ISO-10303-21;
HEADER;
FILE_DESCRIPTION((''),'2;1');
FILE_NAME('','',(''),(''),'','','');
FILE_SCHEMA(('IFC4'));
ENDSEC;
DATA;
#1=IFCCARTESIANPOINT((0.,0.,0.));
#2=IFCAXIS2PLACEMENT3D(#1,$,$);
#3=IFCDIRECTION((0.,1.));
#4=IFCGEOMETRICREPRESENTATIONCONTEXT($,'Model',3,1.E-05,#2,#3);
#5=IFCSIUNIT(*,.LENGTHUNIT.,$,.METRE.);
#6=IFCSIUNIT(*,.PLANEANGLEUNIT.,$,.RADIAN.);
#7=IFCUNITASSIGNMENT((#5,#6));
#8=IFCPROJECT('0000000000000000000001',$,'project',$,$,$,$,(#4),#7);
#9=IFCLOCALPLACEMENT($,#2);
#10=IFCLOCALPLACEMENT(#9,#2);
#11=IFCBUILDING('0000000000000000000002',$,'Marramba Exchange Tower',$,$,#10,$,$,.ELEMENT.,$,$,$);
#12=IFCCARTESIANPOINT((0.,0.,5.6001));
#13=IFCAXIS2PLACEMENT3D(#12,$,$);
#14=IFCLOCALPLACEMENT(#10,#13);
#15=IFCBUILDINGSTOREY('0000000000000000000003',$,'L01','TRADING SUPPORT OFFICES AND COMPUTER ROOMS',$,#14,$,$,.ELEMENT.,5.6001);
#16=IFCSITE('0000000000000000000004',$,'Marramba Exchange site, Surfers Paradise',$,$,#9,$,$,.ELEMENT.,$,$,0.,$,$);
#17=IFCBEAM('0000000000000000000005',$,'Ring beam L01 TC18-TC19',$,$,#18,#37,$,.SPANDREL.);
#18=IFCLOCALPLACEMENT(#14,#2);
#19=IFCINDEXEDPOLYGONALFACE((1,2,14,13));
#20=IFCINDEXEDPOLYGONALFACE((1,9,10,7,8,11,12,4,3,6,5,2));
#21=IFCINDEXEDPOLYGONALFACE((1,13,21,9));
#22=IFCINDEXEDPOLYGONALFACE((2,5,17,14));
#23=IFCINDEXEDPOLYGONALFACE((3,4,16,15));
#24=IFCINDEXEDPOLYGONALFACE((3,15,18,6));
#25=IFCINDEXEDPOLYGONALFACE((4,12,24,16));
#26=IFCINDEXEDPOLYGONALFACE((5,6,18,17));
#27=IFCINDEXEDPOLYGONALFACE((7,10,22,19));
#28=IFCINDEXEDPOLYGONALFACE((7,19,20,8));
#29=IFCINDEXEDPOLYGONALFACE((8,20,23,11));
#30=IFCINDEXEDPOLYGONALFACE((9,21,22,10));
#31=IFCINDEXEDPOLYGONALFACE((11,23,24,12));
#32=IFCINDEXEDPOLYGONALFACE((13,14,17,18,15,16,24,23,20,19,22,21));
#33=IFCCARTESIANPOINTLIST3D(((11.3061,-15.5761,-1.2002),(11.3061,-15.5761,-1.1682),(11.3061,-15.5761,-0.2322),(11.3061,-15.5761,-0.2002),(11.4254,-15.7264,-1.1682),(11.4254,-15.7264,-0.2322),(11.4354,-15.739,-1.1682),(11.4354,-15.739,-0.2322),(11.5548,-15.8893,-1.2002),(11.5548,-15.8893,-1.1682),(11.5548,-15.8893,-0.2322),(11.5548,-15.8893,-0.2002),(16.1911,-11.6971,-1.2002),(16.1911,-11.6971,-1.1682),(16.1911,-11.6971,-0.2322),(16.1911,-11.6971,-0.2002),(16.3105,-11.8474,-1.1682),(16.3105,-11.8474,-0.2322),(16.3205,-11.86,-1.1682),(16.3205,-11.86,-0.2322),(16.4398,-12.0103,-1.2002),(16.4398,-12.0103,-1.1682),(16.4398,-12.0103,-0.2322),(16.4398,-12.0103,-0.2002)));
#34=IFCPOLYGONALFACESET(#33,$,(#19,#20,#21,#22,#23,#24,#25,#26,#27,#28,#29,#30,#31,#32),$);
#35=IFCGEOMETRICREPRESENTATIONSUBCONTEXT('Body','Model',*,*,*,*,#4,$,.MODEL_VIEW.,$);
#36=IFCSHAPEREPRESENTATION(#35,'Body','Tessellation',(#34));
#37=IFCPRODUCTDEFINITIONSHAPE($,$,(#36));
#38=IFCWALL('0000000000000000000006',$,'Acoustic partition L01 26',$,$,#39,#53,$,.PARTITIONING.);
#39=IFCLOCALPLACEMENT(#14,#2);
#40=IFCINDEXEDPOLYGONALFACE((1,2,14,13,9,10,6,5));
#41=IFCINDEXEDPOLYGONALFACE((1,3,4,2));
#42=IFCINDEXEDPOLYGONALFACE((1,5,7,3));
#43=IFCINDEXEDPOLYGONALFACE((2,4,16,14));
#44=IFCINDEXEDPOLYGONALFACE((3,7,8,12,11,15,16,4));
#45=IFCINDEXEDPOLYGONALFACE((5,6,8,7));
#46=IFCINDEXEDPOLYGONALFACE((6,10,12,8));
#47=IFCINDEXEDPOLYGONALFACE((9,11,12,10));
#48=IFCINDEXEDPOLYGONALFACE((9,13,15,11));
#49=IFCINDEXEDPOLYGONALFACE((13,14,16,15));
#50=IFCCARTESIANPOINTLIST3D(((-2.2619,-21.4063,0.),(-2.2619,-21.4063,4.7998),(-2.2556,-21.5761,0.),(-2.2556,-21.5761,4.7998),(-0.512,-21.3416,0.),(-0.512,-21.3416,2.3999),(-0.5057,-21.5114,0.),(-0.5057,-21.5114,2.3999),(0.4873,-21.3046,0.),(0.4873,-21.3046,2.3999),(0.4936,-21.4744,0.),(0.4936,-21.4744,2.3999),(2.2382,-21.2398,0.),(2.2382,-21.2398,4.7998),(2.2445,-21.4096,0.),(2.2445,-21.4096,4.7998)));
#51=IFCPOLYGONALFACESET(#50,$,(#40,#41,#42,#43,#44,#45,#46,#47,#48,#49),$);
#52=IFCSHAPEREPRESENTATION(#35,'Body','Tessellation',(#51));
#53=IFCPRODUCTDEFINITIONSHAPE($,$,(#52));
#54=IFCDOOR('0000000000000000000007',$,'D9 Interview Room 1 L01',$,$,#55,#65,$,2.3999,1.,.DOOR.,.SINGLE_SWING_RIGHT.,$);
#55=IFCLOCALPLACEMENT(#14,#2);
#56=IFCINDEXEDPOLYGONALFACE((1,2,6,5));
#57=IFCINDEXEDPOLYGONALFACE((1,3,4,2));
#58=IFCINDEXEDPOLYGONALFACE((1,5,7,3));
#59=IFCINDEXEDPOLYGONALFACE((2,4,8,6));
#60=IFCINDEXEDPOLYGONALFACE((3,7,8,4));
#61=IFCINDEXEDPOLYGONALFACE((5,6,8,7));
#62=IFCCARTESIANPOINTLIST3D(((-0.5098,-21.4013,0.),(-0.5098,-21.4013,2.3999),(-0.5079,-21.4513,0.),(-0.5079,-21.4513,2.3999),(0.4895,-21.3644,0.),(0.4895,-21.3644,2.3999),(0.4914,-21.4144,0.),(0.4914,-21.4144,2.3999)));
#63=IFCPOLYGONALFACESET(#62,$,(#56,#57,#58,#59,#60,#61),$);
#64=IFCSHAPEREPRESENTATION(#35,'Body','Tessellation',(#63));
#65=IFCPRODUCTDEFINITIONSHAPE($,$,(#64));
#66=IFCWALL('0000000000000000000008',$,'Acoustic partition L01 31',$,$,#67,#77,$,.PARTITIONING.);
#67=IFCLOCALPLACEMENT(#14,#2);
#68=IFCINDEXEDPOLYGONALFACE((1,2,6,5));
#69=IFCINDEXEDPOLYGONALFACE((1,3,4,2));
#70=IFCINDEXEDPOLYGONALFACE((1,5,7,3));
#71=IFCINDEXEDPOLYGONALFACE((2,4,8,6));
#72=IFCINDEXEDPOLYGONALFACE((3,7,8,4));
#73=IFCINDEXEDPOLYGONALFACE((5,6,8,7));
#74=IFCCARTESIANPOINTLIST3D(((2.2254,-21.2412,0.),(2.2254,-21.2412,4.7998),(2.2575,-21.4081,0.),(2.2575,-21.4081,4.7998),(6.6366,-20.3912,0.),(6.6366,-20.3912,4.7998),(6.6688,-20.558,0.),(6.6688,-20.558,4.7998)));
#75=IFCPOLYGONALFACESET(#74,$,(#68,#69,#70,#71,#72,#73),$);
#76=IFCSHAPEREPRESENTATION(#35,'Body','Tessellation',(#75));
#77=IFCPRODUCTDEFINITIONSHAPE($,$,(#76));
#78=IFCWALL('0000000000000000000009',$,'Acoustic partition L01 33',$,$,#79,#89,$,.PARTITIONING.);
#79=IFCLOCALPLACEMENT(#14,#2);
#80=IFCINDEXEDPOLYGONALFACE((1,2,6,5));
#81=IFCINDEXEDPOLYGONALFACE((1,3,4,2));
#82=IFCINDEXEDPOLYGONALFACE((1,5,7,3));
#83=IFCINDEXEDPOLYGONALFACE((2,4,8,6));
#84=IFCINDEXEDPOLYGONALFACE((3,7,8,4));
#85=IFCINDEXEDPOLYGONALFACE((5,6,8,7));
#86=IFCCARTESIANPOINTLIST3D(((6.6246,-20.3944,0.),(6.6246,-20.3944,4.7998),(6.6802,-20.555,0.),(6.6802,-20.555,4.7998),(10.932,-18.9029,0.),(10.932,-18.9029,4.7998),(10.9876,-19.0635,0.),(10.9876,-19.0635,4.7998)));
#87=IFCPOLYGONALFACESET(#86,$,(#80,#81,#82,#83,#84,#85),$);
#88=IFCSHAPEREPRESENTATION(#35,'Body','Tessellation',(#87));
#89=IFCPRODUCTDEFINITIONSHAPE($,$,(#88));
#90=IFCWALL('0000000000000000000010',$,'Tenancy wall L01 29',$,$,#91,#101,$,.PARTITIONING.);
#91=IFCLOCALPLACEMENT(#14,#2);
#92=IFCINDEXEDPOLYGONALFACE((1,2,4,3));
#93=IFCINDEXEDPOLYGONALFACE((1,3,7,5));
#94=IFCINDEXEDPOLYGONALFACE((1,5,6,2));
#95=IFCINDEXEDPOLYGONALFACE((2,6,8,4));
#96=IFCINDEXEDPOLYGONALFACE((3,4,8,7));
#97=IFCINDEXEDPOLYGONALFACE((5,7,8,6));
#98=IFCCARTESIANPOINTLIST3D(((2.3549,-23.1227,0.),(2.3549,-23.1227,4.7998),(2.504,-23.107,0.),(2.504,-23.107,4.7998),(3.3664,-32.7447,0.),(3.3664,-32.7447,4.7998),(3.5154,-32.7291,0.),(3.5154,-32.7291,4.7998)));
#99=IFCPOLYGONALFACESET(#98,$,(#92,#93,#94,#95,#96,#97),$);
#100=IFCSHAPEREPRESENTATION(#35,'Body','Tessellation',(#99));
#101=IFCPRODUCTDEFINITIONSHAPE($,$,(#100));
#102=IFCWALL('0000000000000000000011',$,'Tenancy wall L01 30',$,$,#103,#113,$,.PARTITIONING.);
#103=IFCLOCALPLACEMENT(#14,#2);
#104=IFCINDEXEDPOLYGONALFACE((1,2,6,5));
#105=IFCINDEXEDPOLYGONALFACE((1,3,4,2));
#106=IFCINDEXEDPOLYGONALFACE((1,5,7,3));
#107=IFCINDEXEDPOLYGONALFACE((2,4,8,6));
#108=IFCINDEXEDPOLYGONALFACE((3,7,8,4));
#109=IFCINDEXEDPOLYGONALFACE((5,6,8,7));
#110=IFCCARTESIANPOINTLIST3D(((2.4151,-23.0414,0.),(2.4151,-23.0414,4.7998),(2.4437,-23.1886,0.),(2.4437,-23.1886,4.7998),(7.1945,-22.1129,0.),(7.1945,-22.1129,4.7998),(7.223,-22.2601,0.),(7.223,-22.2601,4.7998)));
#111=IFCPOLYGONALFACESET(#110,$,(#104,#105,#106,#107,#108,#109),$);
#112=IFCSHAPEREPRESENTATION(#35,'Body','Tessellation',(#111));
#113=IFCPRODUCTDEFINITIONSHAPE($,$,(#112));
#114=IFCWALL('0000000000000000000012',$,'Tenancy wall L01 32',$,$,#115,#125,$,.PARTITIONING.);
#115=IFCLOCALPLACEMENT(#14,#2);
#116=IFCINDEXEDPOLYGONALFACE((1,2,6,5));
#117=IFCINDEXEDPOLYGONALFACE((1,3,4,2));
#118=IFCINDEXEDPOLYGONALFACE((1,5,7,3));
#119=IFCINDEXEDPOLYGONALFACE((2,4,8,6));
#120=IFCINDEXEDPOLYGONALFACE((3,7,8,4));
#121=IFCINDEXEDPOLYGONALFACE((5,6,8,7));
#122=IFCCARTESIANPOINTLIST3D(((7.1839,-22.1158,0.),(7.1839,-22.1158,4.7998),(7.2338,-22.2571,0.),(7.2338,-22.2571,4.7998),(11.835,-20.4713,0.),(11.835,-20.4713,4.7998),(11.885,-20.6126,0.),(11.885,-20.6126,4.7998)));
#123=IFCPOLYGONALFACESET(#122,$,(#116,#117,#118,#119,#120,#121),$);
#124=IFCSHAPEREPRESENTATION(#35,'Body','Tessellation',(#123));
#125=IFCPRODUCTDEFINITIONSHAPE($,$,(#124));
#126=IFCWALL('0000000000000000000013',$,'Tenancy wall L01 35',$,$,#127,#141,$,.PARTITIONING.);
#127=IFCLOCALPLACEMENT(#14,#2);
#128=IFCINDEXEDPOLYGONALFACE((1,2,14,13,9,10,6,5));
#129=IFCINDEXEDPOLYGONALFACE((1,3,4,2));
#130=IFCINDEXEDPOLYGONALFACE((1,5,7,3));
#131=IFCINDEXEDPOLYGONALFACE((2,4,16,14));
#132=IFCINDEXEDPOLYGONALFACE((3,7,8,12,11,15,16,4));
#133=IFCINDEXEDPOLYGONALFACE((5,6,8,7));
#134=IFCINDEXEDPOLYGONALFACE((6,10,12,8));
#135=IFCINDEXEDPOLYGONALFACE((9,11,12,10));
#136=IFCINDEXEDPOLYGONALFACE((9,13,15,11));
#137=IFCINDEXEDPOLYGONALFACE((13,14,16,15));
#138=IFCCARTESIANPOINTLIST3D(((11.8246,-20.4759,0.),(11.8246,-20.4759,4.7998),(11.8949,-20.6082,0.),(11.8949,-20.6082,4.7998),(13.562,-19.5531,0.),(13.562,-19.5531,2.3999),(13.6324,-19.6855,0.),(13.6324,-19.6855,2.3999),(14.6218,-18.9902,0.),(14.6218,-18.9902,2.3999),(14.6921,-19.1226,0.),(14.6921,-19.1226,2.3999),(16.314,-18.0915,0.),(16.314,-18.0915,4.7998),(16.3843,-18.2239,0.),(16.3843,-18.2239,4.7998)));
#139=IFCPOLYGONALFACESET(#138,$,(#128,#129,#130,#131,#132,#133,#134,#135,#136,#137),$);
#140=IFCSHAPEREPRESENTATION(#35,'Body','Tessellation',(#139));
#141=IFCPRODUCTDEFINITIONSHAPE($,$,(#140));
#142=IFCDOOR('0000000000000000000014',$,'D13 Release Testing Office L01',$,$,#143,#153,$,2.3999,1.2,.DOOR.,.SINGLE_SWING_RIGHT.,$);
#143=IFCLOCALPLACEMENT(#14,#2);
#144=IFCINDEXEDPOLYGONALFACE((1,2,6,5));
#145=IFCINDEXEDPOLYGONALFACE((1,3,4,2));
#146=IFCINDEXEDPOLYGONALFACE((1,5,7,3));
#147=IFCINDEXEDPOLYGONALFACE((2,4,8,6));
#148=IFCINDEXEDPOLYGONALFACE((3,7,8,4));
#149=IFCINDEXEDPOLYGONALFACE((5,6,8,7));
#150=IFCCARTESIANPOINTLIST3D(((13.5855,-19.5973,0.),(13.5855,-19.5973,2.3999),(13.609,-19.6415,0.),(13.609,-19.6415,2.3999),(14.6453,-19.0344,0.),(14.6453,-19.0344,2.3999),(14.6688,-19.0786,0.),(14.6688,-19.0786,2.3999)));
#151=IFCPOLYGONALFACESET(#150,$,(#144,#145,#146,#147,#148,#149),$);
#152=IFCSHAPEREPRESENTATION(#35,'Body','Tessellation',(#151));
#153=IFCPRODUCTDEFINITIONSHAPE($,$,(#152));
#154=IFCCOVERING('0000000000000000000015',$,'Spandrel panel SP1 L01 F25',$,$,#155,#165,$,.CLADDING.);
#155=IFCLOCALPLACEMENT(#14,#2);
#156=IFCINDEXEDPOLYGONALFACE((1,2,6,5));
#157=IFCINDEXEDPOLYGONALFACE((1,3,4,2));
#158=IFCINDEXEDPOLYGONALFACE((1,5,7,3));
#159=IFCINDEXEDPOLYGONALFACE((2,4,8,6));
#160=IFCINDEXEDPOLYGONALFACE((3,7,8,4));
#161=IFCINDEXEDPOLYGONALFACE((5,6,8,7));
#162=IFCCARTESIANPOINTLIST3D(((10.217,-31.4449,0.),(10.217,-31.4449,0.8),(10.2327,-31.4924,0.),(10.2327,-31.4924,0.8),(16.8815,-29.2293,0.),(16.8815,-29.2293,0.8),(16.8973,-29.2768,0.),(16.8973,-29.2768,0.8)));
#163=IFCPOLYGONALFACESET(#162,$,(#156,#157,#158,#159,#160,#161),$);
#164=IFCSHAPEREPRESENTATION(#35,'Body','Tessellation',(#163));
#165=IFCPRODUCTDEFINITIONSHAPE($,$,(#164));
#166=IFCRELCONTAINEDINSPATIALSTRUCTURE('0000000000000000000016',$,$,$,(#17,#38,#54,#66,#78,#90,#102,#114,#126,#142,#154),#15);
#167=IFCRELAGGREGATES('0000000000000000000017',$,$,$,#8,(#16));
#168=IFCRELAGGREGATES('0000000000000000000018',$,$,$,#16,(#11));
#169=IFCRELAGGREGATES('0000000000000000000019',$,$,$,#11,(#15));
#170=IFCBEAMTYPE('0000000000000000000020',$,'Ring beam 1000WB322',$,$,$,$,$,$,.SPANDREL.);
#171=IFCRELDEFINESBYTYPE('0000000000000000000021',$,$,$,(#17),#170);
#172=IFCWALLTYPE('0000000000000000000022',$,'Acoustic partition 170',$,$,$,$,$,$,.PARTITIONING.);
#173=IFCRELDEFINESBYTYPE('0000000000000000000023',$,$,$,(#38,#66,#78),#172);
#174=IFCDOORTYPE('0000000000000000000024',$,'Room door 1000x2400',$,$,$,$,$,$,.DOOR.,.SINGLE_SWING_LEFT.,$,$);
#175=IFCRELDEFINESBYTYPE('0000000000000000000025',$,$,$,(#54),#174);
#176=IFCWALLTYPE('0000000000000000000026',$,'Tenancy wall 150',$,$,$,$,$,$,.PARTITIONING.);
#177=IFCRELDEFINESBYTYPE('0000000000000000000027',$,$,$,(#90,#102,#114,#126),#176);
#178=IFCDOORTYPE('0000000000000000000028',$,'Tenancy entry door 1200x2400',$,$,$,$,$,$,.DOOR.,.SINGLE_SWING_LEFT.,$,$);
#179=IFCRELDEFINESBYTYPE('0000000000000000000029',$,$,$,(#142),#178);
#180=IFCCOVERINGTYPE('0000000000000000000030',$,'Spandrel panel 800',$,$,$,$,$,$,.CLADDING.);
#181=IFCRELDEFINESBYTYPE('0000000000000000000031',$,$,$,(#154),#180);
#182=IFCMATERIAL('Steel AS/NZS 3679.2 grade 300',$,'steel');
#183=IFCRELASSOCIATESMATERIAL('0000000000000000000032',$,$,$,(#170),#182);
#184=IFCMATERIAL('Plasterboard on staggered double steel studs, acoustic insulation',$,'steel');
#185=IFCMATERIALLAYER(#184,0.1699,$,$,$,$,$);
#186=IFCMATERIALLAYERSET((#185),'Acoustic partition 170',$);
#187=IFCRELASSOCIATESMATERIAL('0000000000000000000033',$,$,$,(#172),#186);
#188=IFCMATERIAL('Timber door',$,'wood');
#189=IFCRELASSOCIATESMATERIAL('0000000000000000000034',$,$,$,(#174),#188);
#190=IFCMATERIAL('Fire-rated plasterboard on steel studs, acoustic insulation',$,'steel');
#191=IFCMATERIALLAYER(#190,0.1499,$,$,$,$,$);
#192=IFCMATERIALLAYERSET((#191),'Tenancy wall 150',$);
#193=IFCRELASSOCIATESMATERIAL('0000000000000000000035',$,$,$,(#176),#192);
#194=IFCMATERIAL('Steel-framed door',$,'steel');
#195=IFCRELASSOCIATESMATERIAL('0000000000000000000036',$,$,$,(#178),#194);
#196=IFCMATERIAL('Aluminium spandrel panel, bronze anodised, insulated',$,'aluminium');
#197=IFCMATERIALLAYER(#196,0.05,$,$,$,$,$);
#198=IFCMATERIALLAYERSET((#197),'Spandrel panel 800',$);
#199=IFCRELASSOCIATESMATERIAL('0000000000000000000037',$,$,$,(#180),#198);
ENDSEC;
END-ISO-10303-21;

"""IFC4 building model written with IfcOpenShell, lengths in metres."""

from ifc_helpers import new_model, si_unit, direction, frame, frame_2d, origin, origin_2d, place, context, subcontext, project, spatial, rectangle, i_section, extrude, material, layer, layer_set, material_profile, profile_set, type_object, element, fill, save


model = new_model("IFC4")

# Units and contexts
model_context = context("Model", 3, precision=1e-05, world=origin(), true_north=direction((0.0, 1.0)))
body_context = subcontext(model_context, "Body", "Model", "MODEL_VIEW")
ifc_project = project(units=[si_unit("LENGTHUNIT", "METRE"), si_unit("PLANEANGLEUNIT", "RADIAN")], contexts=[model_context])

# Site, building, storey
site_placement = place(None, origin())
site = spatial("IfcSite", under=ifc_project, at=site_placement, Name="Marramba Exchange site, Surfers Paradise", CompositionType="ELEMENT", RefElevation=0.0)
building_placement = place(site_placement, origin())
building = spatial("IfcBuilding", under=site, at=building_placement, Name="Marramba Exchange Tower", CompositionType="ELEMENT")
storey_placement = place(building_placement, frame((0.0, 0.0, 5.6001)))
storey = spatial("IfcBuildingStorey", under=building, at=storey_placement, Name="L01", Description="TRADING SUPPORT OFFICES AND COMPUTER ROOMS", CompositionType="ELEMENT", Elevation=5.6001)

# Beam
ifc_material_1 = material(Name="Steel AS/NZS 3679.2 grade 300", Category="steel")
ifc_material_profile_1 = material_profile(ifc_material_1, i_section(OverallWidth=0.3999, OverallDepth=1.0, WebThickness=0.0161, FlangeThickness=0.032, at=origin_2d()), Name="1000WB322")
ifc_profile_set_1 = profile_set([ifc_material_profile_1], Name="Steel AS/NZS 3679.2 grade 300")
beam_type_1 = type_object("IfcBeamType", Name="Ring beam 1000WB322", PredefinedType="SPANDREL", material=ifc_profile_set_1)
beam_1_placement = place(storey_placement, frame((11.4304, -15.7327, -0.7002), z_axis=(0.783139, 0.621846, 0.0), x_axis=(-0.621846, 0.783139, 0.0)))
element("IfcBeam", 1, at=beam_1_placement, inside=storey, type_object=beam_type_1, Name="Ring beam L01 TC18-TC19", PredefinedType="SPANDREL", context=body_context, shape_type="SweptSolid", body=[
    extrude(i_section(OverallWidth=0.3999, OverallDepth=1.0, WebThickness=0.0161, FlangeThickness=0.032, at=origin_2d()), origin(), (0.0, 0.0, 1.0), 6.2378),
])

# Wall, opening, door
ifc_material_2 = material(Name="Plasterboard on staggered double steel studs, acoustic insulation", Category="steel")
ifc_layer_1 = layer(ifc_material_2, 0.1699)
ifc_layer_set_1 = layer_set([ifc_layer_1], Name="Acoustic partition 170")
wall_type_1 = type_object("IfcWallType", Name="Acoustic partition 170", PredefinedType="PARTITIONING", material=ifc_layer_set_1)
wall_1_placement = place(storey_placement, frame((2.2412, -21.3247, 0.0), z_axis=(0.0, 0.0, 1.0), x_axis=(-0.999316, -0.036976, 0.0)))
wall_1 = element("IfcWall", 2, at=wall_1_placement, inside=storey, type_object=wall_type_1, Name="Acoustic partition L01 26", PredefinedType="PARTITIONING", context=body_context, shape_type="SweptSolid", body=[
    extrude(rectangle(XDim=4.5032, YDim=0.1699, at=frame_2d((2.2515, 0.0))), origin(), (0.0, 0.0, 1.0), 4.7998),
])
opening_1_placement = place(wall_1_placement, frame((1.752, 0.0, 0.0)))
opening_1 = element("IfcOpeningElement", 3, at=opening_1_placement, cuts=wall_1, PredefinedType="OPENING", context=body_context, shape_type="SweptSolid", body=[
    extrude(rectangle(XDim=1.0, YDim=2.3999, at=frame_2d((0.5, 1.2))), frame((0.0, 0.095, 0.0), z_axis=(0.0, -1.0, 0.0), x_axis=(1.0, 0.0, 0.0)), (0.0, 0.0, 1.0), 0.1899),
])
ifc_material_3 = material(Name="Timber door", Category="wood")
door_type_1 = type_object("IfcDoorType", Name="Room door 1000x2400", OperationType="SINGLE_SWING_LEFT", PredefinedType="DOOR", material=ifc_material_3)
door_1_placement = place(opening_1_placement, frame((1.0, 0.0, 0.0), z_axis=(0.0, 0.0, 1.0), x_axis=(-1.0, 0.0, 0.0)))
door_1 = element("IfcDoor", 4, at=door_1_placement, inside=storey, type_object=door_type_1, Name="D9 Interview Room 1 L01", OperationType="SINGLE_SWING_RIGHT", OverallHeight=2.3999, OverallWidth=1.0, PredefinedType="DOOR", context=body_context, shape_type="SweptSolid", body=[
    extrude(rectangle(XDim=1.0, YDim=2.3999, at=frame_2d((0.5, 1.2))), frame((0.0, 0.0251, 0.0), z_axis=(0.0, -1.0, 0.0), x_axis=(1.0, 0.0, 0.0)), (0.0, 0.0, 1.0), 0.05),
])
fill(opening_1, door_1)

# Walls
wall_2_placement = place(storey_placement, frame((6.6526, -20.4746, 0.0), z_axis=(0.0, 0.0, 1.0), x_axis=(-0.981934, -0.189224, 0.0)))
element("IfcWall", 5, at=wall_2_placement, inside=storey, type_object=wall_type_1, Name="Acoustic partition L01 31", PredefinedType="PARTITIONING", context=body_context, shape_type="SweptSolid", body=[
    extrude(rectangle(XDim=4.4924, YDim=0.1699, at=frame_2d((2.2461, 0.0))), origin(), (0.0, 0.0, 1.0), 4.7998),
])
wall_3_placement = place(storey_placement, frame((10.96, -18.9832, 0.0), z_axis=(0.0, 0.0, 1.0), x_axis=(-0.944956, -0.327197, 0.0)))
element("IfcWall", 6, at=wall_3_placement, inside=storey, type_object=wall_type_1, Name="Acoustic partition L01 33", PredefinedType="PARTITIONING", context=body_context, shape_type="SweptSolid", body=[
    extrude(rectangle(XDim=4.5583, YDim=0.1699, at=frame_2d((2.2793, 0.0))), origin(), (0.0, 0.0, 1.0), 4.7998),
])
ifc_material_4 = material(Name="Fire-rated plasterboard on steel studs, acoustic insulation", Category="steel")
ifc_layer_2 = layer(ifc_material_4, 0.1499)
ifc_layer_set_2 = layer_set([ifc_layer_2], Name="Tenancy wall 150")
wall_type_2 = type_object("IfcWallType", Name="Tenancy wall 150", PredefinedType="PARTITIONING", material=ifc_layer_set_2)
wall_4_placement = place(storey_placement, frame((2.4294, -23.115, 0.0), z_axis=(0.0, 0.0, 1.0), x_axis=(0.104544, -0.99452, 0.0)))
element("IfcWall", 7, at=wall_4_placement, inside=storey, type_object=wall_type_2, Name="Tenancy wall L01 29", PredefinedType="PARTITIONING", context=body_context, shape_type="SweptSolid", body=[
    extrude(rectangle(XDim=9.675, YDim=0.1499, at=frame_2d((4.8374, 0.0))), origin(), (0.0, 0.0, 1.0), 4.7998),
])
wall_5_placement = place(storey_placement, frame((2.4294, -23.115, 0.0), z_axis=(0.0, 0.0, 1.0), x_axis=(0.981648, 0.190703, 0.0)))
element("IfcWall", 8, at=wall_5_placement, inside=storey, type_object=wall_type_2, Name="Tenancy wall L01 30", PredefinedType="PARTITIONING", context=body_context, shape_type="SweptSolid", body=[
    extrude(rectangle(XDim=4.8687, YDim=0.1499, at=frame_2d((2.4343, 0.0))), origin(), (0.0, 0.0, 1.0), 4.7998),
])
wall_6_placement = place(storey_placement, frame((7.2087, -22.1865, 0.0), z_axis=(0.0, 0.0, 1.0), x_axis=(0.942802, 0.333353, 0.0)))
element("IfcWall", 9, at=wall_6_placement, inside=storey, type_object=wall_type_2, Name="Tenancy wall L01 32", PredefinedType="PARTITIONING", context=body_context, shape_type="SweptSolid", body=[
    extrude(rectangle(XDim=4.9333, YDim=0.1499, at=frame_2d((2.4668, 0.0))), origin(), (0.0, 0.0, 1.0), 4.7998),
])

# Wall, opening, door
wall_7_placement = place(storey_placement, frame((11.8599, -20.542, 0.0), z_axis=(0.0, 0.0, 1.0), x_axis=(0.883168, 0.469057, 0.0)))
wall_7 = element("IfcWall", 10, at=wall_7_placement, inside=storey, type_object=wall_type_2, Name="Tenancy wall L01 35", PredefinedType="PARTITIONING", context=body_context, shape_type="SweptSolid", body=[
    extrude(rectangle(XDim=5.0833, YDim=0.1499, at=frame_2d((2.5415, 0.0))), origin(), (0.0, 0.0, 1.0), 4.7998),
])
opening_2_placement = place(wall_7_placement, frame((1.967, 0.0, 0.0)))
opening_2 = element("IfcOpeningElement", 11, at=opening_2_placement, cuts=wall_7, PredefinedType="OPENING", context=body_context, shape_type="SweptSolid", body=[
    extrude(rectangle(XDim=1.2, YDim=2.3999, at=frame_2d((0.6001, 1.2))), frame((0.0, 0.085, 0.0), z_axis=(0.0, -1.0, 0.0), x_axis=(1.0, 0.0, 0.0)), (0.0, 0.0, 1.0), 0.1699),
])
ifc_material_5 = material(Name="Steel-framed door", Category="steel")
door_type_2 = type_object("IfcDoorType", Name="Tenancy entry door 1200x2400", OperationType="SINGLE_SWING_LEFT", PredefinedType="DOOR", material=ifc_material_5)
door_2_placement = place(opening_2_placement, origin())
door_2 = element("IfcDoor", 12, at=door_2_placement, inside=storey, type_object=door_type_2, Name="D13 Release Testing Office L01", OperationType="SINGLE_SWING_RIGHT", OverallHeight=2.3999, OverallWidth=1.2, PredefinedType="DOOR", context=body_context, shape_type="SweptSolid", body=[
    extrude(rectangle(XDim=1.2, YDim=2.3999, at=frame_2d((0.6001, 1.2))), frame((0.0, 0.0249, 0.0), z_axis=(0.0, -1.0, 0.0), x_axis=(1.0, 0.0, 0.0)), (0.0, 0.0, 1.0), 0.05),
])
fill(opening_2, door_2)

# Covering
ifc_material_6 = material(Name="Aluminium spandrel panel, bronze anodised, insulated", Category="aluminium")
ifc_layer_3 = layer(ifc_material_6, 0.05)
ifc_layer_set_3 = layer_set([ifc_layer_3], Name="Spandrel panel 800")
covering_type = type_object("IfcCoveringType", Name="Spandrel panel 800", PredefinedType="CLADDING", material=ifc_layer_set_3)
covering_placement = place(storey_placement, frame((13.5571, -30.3608, 0.0), z_axis=(0.0, 0.0, 1.0), x_axis=(0.948934, 0.315474, 0.0)))
element("IfcCovering", 13, at=covering_placement, inside=storey, type_object=covering_type, Name="Spandrel panel SP1 L01 F25", PredefinedType="CLADDING", context=body_context, shape_type="SweptSolid", body=[
    extrude(rectangle(XDim=7.0232, YDim=0.05, at=origin_2d()), origin(), (0.0, 0.0, 1.0), 0.8),
])

save(model, "model.ifc")
